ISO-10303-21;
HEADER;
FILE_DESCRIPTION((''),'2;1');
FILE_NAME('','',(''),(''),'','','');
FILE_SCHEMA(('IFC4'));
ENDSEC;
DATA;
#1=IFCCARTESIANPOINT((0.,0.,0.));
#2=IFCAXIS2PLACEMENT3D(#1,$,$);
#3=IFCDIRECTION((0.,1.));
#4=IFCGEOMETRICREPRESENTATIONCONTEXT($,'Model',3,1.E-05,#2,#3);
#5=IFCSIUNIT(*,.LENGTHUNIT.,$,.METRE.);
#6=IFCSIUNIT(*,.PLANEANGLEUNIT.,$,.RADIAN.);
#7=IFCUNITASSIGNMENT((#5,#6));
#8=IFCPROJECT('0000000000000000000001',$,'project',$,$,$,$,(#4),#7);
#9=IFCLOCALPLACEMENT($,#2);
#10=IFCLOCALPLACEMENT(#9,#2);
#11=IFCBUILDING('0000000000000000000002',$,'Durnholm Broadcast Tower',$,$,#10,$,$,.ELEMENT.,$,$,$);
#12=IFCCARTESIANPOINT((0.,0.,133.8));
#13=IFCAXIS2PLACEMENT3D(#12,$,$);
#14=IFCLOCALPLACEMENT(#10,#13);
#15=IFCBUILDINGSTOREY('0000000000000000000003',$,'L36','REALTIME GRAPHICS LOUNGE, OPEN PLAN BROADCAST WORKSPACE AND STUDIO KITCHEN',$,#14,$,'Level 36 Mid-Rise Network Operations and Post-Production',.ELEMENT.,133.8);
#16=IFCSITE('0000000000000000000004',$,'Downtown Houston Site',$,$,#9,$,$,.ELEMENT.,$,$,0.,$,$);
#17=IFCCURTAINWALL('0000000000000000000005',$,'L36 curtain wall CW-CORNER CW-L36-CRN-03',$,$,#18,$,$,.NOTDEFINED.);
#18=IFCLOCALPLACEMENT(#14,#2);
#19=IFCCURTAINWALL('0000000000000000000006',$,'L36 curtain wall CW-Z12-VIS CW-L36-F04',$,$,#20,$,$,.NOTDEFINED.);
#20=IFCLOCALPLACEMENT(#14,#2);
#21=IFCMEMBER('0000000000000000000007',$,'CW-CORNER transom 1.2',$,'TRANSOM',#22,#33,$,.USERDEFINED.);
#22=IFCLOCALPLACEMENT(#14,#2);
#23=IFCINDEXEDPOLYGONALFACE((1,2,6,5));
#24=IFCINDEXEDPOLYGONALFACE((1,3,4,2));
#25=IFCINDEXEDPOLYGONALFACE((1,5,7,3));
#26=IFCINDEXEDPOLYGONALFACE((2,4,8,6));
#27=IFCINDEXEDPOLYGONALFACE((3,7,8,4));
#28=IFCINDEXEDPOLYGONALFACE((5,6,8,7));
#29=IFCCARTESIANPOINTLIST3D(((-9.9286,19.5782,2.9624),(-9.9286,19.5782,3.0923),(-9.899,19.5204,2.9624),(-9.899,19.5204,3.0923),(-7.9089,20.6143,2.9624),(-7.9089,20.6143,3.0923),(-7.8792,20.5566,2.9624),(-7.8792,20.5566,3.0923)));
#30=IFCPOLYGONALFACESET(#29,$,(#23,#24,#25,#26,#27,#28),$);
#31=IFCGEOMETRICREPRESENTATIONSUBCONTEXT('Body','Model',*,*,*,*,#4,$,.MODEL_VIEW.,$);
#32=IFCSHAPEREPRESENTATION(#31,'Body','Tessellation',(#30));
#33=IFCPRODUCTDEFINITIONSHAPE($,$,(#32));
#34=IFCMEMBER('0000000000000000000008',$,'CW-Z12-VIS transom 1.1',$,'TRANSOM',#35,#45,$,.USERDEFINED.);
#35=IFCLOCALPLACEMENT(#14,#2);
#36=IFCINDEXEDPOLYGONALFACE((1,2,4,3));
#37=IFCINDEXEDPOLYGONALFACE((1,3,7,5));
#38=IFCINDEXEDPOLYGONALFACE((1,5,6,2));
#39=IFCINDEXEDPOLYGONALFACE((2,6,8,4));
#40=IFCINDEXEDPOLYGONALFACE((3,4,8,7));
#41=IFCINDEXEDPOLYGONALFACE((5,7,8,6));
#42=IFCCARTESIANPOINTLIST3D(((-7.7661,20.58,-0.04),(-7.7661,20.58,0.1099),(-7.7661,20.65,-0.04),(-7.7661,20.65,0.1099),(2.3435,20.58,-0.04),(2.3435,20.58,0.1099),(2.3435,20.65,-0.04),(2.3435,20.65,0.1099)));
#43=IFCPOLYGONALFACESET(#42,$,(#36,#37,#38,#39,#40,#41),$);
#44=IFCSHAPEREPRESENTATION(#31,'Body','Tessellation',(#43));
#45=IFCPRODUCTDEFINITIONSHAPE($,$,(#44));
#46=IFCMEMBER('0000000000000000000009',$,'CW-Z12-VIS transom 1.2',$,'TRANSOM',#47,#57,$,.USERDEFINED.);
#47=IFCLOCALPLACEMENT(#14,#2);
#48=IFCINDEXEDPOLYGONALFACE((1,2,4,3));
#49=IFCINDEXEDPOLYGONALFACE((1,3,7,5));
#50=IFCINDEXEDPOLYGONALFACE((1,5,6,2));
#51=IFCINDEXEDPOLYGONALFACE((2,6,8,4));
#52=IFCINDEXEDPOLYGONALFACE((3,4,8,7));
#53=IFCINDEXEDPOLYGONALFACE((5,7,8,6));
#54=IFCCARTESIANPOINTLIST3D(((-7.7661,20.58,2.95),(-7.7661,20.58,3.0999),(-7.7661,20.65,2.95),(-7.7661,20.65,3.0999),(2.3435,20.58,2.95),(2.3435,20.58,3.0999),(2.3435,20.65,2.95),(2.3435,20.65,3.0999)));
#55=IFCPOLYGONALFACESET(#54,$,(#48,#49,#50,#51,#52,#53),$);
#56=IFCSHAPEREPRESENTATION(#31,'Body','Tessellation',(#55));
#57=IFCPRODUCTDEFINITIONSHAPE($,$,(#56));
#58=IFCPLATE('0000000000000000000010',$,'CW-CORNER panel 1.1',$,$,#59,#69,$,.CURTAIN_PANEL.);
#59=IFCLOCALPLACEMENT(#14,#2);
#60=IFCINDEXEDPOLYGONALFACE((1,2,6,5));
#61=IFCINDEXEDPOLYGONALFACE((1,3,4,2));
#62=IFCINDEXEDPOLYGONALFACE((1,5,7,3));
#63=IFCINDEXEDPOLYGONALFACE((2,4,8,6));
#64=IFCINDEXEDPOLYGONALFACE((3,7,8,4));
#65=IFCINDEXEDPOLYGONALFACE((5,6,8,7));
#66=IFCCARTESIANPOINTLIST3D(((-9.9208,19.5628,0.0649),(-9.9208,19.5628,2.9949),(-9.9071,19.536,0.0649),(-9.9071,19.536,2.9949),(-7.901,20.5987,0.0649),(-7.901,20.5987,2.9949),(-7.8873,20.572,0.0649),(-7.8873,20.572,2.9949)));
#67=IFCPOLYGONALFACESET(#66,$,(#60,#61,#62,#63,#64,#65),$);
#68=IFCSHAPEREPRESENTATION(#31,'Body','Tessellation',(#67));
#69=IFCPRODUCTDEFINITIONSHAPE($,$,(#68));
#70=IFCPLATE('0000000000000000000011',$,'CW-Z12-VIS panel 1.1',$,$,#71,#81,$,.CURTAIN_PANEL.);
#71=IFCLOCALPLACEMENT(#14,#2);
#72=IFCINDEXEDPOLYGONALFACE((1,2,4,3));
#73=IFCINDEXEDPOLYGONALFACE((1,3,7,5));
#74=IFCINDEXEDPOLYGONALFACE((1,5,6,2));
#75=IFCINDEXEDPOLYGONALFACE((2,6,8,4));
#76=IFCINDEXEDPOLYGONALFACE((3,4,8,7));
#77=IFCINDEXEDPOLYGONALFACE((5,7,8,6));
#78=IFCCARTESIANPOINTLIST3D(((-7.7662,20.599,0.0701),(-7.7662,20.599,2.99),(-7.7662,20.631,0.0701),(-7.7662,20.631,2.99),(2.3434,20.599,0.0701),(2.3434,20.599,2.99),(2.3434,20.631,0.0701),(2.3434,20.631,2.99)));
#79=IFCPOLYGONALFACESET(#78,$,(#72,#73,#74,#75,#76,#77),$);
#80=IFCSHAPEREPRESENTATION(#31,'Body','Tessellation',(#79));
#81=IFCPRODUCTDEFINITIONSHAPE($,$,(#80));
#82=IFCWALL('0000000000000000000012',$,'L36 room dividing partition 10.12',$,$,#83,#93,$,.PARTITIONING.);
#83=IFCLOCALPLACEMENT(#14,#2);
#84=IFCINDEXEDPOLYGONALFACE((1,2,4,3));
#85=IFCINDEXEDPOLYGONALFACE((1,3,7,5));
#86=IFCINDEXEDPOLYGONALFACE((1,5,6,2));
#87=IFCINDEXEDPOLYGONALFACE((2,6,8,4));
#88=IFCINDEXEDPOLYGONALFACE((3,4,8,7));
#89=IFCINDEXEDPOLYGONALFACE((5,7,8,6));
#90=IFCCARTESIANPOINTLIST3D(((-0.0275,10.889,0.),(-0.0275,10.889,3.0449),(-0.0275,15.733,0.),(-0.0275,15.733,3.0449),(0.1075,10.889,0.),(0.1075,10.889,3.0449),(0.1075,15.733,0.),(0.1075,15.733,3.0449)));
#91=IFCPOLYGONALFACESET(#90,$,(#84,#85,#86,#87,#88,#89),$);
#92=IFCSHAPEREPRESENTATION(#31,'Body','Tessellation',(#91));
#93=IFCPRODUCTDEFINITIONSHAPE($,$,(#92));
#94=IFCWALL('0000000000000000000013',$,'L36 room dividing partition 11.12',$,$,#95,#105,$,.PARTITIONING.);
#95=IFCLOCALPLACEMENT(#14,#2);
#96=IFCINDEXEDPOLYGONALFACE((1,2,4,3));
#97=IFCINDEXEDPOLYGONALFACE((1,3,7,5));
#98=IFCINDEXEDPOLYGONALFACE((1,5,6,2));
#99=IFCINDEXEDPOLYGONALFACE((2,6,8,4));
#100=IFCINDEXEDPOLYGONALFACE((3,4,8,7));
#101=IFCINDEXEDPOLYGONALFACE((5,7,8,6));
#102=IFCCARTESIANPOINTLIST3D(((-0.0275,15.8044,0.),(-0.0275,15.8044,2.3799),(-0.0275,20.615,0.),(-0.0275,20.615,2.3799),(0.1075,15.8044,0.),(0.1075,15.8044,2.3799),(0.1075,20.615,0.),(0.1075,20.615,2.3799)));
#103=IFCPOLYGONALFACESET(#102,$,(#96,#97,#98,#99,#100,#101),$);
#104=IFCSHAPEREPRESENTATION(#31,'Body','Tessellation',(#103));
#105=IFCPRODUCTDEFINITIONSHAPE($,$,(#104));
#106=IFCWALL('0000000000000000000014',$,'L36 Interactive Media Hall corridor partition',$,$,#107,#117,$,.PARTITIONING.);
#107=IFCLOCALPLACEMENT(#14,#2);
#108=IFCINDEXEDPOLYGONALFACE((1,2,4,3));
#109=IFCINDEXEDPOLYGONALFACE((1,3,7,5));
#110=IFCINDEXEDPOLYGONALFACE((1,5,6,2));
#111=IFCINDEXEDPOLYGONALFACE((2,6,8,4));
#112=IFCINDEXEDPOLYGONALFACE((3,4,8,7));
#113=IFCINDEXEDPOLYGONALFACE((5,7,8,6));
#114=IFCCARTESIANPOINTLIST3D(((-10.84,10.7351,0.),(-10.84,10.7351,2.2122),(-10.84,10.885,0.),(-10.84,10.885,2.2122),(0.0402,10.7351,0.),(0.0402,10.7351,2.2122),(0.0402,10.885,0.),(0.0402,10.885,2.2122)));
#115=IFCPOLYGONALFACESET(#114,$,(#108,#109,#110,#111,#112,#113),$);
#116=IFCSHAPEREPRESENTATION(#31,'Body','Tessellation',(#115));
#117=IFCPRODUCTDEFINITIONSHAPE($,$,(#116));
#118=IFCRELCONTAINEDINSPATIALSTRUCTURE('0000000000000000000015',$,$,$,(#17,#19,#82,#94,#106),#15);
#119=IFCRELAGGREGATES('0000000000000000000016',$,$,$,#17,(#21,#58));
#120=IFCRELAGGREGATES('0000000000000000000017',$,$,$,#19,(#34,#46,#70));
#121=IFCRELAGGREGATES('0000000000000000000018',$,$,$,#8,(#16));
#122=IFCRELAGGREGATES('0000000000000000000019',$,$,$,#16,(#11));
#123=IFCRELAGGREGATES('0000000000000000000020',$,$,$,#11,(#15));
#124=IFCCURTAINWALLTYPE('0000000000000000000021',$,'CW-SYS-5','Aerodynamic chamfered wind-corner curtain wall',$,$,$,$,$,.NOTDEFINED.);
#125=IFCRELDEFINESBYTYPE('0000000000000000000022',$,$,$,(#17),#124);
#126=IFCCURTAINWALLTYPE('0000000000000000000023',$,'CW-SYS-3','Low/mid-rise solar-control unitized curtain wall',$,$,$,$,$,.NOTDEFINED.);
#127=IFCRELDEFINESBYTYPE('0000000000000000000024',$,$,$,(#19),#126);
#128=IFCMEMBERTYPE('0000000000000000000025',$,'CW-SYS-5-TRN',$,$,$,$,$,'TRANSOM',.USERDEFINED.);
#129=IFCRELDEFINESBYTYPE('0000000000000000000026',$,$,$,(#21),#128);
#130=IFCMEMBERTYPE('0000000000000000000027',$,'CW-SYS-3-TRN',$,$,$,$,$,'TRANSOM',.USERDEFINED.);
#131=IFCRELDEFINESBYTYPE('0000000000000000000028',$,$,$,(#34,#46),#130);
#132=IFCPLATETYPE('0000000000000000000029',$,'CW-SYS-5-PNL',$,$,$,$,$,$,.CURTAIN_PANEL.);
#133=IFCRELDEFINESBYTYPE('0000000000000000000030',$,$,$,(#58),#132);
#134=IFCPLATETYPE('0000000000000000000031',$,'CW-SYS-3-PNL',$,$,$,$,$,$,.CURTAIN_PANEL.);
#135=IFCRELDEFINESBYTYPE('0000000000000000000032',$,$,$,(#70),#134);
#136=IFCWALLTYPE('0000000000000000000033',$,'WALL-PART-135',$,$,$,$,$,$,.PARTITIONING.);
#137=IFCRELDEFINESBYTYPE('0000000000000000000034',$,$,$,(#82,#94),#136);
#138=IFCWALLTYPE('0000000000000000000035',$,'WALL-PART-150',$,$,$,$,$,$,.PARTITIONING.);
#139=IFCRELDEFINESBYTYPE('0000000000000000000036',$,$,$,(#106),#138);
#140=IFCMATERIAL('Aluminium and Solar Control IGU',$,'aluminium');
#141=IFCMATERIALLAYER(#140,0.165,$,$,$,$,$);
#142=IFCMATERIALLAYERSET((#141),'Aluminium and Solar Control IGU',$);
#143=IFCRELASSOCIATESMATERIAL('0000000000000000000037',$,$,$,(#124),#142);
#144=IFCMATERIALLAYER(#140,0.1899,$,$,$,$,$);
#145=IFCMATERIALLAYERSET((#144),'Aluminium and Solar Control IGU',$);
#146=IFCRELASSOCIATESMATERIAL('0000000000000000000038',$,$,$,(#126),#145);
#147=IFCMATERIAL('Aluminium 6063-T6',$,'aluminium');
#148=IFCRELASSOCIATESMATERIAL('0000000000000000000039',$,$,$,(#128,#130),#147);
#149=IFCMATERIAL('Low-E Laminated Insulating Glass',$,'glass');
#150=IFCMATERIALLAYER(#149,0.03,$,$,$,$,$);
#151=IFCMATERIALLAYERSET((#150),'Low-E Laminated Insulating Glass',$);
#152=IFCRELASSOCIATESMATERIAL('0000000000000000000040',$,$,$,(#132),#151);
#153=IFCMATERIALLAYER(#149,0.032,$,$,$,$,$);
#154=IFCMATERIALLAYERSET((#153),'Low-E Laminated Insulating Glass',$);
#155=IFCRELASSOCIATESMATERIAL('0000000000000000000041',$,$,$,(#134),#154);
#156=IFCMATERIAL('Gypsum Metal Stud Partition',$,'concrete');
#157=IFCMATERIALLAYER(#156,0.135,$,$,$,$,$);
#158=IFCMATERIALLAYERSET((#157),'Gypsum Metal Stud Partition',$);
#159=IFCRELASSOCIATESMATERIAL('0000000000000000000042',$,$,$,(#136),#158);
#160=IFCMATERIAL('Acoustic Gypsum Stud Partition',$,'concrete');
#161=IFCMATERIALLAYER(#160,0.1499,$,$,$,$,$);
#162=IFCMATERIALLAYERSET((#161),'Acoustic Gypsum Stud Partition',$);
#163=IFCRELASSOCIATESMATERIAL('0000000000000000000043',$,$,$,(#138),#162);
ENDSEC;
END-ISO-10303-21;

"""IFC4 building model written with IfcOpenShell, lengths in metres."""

from ifc_helpers import new_model, si_unit, direction, frame, frame_2d, origin, origin_2d, place, context, subcontext, project, spatial, rectangle, extrude, source, transform, mapped, material, layer, layer_set, material_profile, profile_set, type_object, type_shapes, element, aggregate, save


model = new_model("IFC4")

# Units and contexts
model_context = context("Model", 3, precision=1e-05, world=origin(), true_north=direction((0.0, 1.0)))
body_context = subcontext(model_context, "Body", "Model", "MODEL_VIEW")
ifc_project = project(units=[si_unit("LENGTHUNIT", "METRE"), si_unit("PLANEANGLEUNIT", "RADIAN")], contexts=[model_context])

# Site, building, storey
site_placement = place(None, origin())
site = spatial("IfcSite", under=ifc_project, at=site_placement, Name="Downtown Houston Site", CompositionType="ELEMENT", RefElevation=0.0)
building_placement = place(site_placement, origin())
building = spatial("IfcBuilding", under=site, at=building_placement, Name="Durnholm Broadcast Tower", CompositionType="ELEMENT")
storey_placement = place(building_placement, frame((0.0, 0.0, 133.8)))
storey = spatial("IfcBuildingStorey", under=building, at=storey_placement, Name="L36", Description="REALTIME GRAPHICS LOUNGE, OPEN PLAN BROADCAST WORKSPACE AND STUDIO KITCHEN", LongName="Level 36 Mid-Rise Network Operations and Post-Production", CompositionType="ELEMENT", Elevation=133.8)

# Curtain walls
ifc_material_1 = material(Name="Aluminium and Solar Control IGU", Category="aluminium")
ifc_layer_1 = layer(ifc_material_1, 0.165)
ifc_layer_set_1 = layer_set([ifc_layer_1], Name="Aluminium and Solar Control IGU")
curtain_wall_type_1 = type_object("IfcCurtainWallType", Name="CW-SYS-5", Description="Aerodynamic chamfered wind-corner curtain wall", PredefinedType="NOTDEFINED", material=ifc_layer_set_1)
curtain_wall_1_placement = place(storey_placement, origin())
curtain_wall_1 = element("IfcCurtainWall", 1, at=curtain_wall_1_placement, inside=storey, type_object=curtain_wall_type_1, Name="L36 curtain wall CW-CORNER CW-L36-CRN-03", PredefinedType="NOTDEFINED")
ifc_material_2 = material(Name="Aluminium 6063-T6", Category="aluminium")
ifc_layer_2 = layer(ifc_material_1, 0.1899)
ifc_layer_set_2 = layer_set([ifc_layer_2], Name="Aluminium and Solar Control IGU")
curtain_wall_type_2 = type_object("IfcCurtainWallType", Name="CW-SYS-3", Description="Low/mid-rise solar-control unitized curtain wall", PredefinedType="NOTDEFINED", material=ifc_layer_set_2)
curtain_wall_2_placement = place(storey_placement, origin())
curtain_wall_2 = element("IfcCurtainWall", 2, at=curtain_wall_2_placement, inside=storey, type_object=curtain_wall_type_2, Name="L36 curtain wall CW-Z12-VIS CW-L36-F04", PredefinedType="NOTDEFINED")

# Members
ifc_material_profile_1 = material_profile(ifc_material_2, rectangle(XDim=0.0649, YDim=0.1299, at=origin_2d()), Name="CWT65X130")
ifc_profile_set_1 = profile_set([ifc_material_profile_1], Name="Aluminium 6063-T6")
member_type_1 = type_object("IfcMemberType", Name="CW-SYS-5-TRN", ElementType="TRANSOM", PredefinedType="USERDEFINED", material=ifc_profile_set_1)
shared_shape_1 = source(origin(), body_context, "Body", "SweptSolid", [
    extrude(rectangle(XDim=0.0649, YDim=0.1299, at=origin_2d()), origin(), (0.0, 0.0, 1.0), 2.27),
])
type_shapes(member_type_1, [shared_shape_1])
member_1_placement = place(storey_placement, frame((-9.9138, 19.5493, 3.0273), z_axis=(0.889755, 0.456439, 0.0), x_axis=(-0.456439, 0.889755, 0.0)))
member_1 = element("IfcMember", 3, at=member_1_placement, type_object=member_type_1, Name="CW-CORNER transom 1.2", ObjectType="TRANSOM", PredefinedType="USERDEFINED", context=body_context, shape_type="MappedRepresentation", body=[
    mapped(shared_shape_1, transform((0.0, 0.0, 0.0), x_axis=(1.0, 0.0, 0.0), y_axis=(0.0, 1.0, 0.0), z_axis=(0.0, 0.0, 1.0), scale=1.0)),
])
ifc_material_profile_2 = material_profile(ifc_material_2, rectangle(XDim=0.0701, YDim=0.1499, at=origin_2d()), Name="CWT70X150")
ifc_profile_set_2 = profile_set([ifc_material_profile_2], Name="Aluminium 6063-T6")
member_type_2 = type_object("IfcMemberType", Name="CW-SYS-3-TRN", ElementType="TRANSOM", PredefinedType="USERDEFINED", material=ifc_profile_set_2)
shared_shape_2 = source(origin(), body_context, "Body", "SweptSolid", [
    extrude(rectangle(XDim=0.0701, YDim=0.1499, at=origin_2d()), origin(), (0.0, 0.0, 1.0), 10.1096),
])
type_shapes(member_type_2, [shared_shape_2])
member_2_placement = place(storey_placement, frame((-7.7661, 20.615, 0.0349), z_axis=(1.0, 0.0, 0.0), x_axis=(0.0, 1.0, 0.0)))
member_2 = element("IfcMember", 4, at=member_2_placement, type_object=member_type_2, Name="CW-Z12-VIS transom 1.1", ObjectType="TRANSOM", PredefinedType="USERDEFINED", context=body_context, shape_type="MappedRepresentation", body=[
    mapped(shared_shape_2, transform((0.0, 0.0, 0.0), x_axis=(1.0, 0.0, 0.0), y_axis=(0.0, 1.0, 0.0), z_axis=(0.0, 0.0, 1.0), scale=1.0)),
])
member_3_placement = place(storey_placement, frame((-7.7661, 20.615, 3.0249), z_axis=(1.0, 0.0, 0.0), x_axis=(0.0, 1.0, 0.0)))
member_3 = element("IfcMember", 5, at=member_3_placement, type_object=member_type_2, Name="CW-Z12-VIS transom 1.2", ObjectType="TRANSOM", PredefinedType="USERDEFINED", context=body_context, shape_type="MappedRepresentation", body=[
    mapped(shared_shape_2, transform((0.0, 0.0, 0.0), x_axis=(1.0, 0.0, 0.0), y_axis=(0.0, 1.0, 0.0), z_axis=(0.0, 0.0, 1.0), scale=1.0)),
])

# Plates
ifc_material_3 = material(Name="Low-E Laminated Insulating Glass", Category="glass")
ifc_layer_3 = layer(ifc_material_3, 0.03)
ifc_layer_set_3 = layer_set([ifc_layer_3], Name="Low-E Laminated Insulating Glass")
plate_type_1 = type_object("IfcPlateType", Name="CW-SYS-5-PNL", PredefinedType="CURTAIN_PANEL", material=ifc_layer_set_3)
shared_shape_3 = source(origin(), body_context, "Body", "SweptSolid", [
    extrude(rectangle(XDim=2.27, YDim=0.03, at=origin_2d()), origin(), (0.0, 0.0, 1.0), 2.9299),
])
type_shapes(plate_type_1, [shared_shape_3])
plate_1_placement = place(storey_placement, frame((-8.9041, 20.0674, 0.0649), z_axis=(0.0, 0.0, 1.0), x_axis=(0.889788, 0.456373, 0.0)))
plate_1 = element("IfcPlate", 6, at=plate_1_placement, type_object=plate_type_1, Name="CW-CORNER panel 1.1", PredefinedType="CURTAIN_PANEL", context=body_context, shape_type="MappedRepresentation", body=[
    mapped(shared_shape_3, transform((0.0, 0.0, 0.0), x_axis=(1.0, 0.0, 0.0), y_axis=(0.0, 1.0, 0.0), z_axis=(0.0, 0.0, 1.0), scale=1.0)),
])
aggregate(curtain_wall_1, [member_1, plate_1])
ifc_layer_4 = layer(ifc_material_3, 0.032)
ifc_layer_set_4 = layer_set([ifc_layer_4], Name="Low-E Laminated Insulating Glass")
plate_type_2 = type_object("IfcPlateType", Name="CW-SYS-3-PNL", PredefinedType="CURTAIN_PANEL", material=ifc_layer_set_4)
shared_shape_4 = source(origin(), body_context, "Body", "SweptSolid", [
    extrude(rectangle(XDim=10.1096, YDim=0.032, at=origin_2d()), origin(), (0.0, 0.0, 1.0), 2.9199),
])
type_shapes(plate_type_2, [shared_shape_4])
plate_2_placement = place(storey_placement, frame((-2.7114, 20.615, 0.0701), z_axis=(0.0, 0.0, 1.0), x_axis=(1.0, 0.0, 0.0)))
plate_2 = element("IfcPlate", 7, at=plate_2_placement, type_object=plate_type_2, Name="CW-Z12-VIS panel 1.1", PredefinedType="CURTAIN_PANEL", context=body_context, shape_type="MappedRepresentation", body=[
    mapped(shared_shape_4, transform((0.0, 0.0, 0.0), x_axis=(1.0, 0.0, 0.0), y_axis=(0.0, 1.0, 0.0), z_axis=(0.0, 0.0, 1.0), scale=1.0)),
])
aggregate(curtain_wall_2, [member_2, member_3, plate_2])

# Walls
ifc_material_4 = material(Name="Gypsum Metal Stud Partition", Category="concrete")
ifc_layer_5 = layer(ifc_material_4, 0.135)
ifc_layer_set_5 = layer_set([ifc_layer_5], Name="Gypsum Metal Stud Partition")
wall_type_1 = type_object("IfcWallType", Name="WALL-PART-135", PredefinedType="PARTITIONING", material=ifc_layer_set_5)
wall_1_placement = place(storey_placement, frame((0.04, 15.7329, 0.0), z_axis=(0.0, 0.0, 1.0), x_axis=(0.0, -1.0, 0.0)))
element("IfcWall", 8, at=wall_1_placement, inside=storey, type_object=wall_type_1, Name="L36 room dividing partition 10.12", PredefinedType="PARTITIONING", context=body_context, shape_type="SweptSolid", body=[
    extrude(rectangle(XDim=4.844, YDim=0.135, at=frame_2d((2.4219, 0.0))), origin(), (0.0, 0.0, 1.0), 3.0449),
])
wall_2_placement = place(storey_placement, frame((0.04, 20.615, 0.0), z_axis=(0.0, 0.0, 1.0), x_axis=(0.0, -1.0, 0.0)))
element("IfcWall", 9, at=wall_2_placement, inside=storey, type_object=wall_type_1, Name="L36 room dividing partition 11.12", PredefinedType="PARTITIONING", context=body_context, shape_type="SweptSolid", body=[
    extrude(rectangle(XDim=4.8105, YDim=0.135, at=frame_2d((2.4053, 0.0))), origin(), (0.0, 0.0, 1.0), 2.3799),
])
ifc_material_5 = material(Name="Acoustic Gypsum Stud Partition", Category="concrete")
ifc_layer_6 = layer(ifc_material_5, 0.1499)
ifc_layer_set_6 = layer_set([ifc_layer_6], Name="Acoustic Gypsum Stud Partition")
wall_type_2 = type_object("IfcWallType", Name="WALL-PART-150", PredefinedType="PARTITIONING", material=ifc_layer_set_6)
wall_3_placement = place(storey_placement, frame((0.04, 10.8101, 0.0), z_axis=(0.0, 0.0, 1.0), x_axis=(-1.0, 0.0, 0.0)))
element("IfcWall", 10, at=wall_3_placement, inside=storey, type_object=wall_type_2, Name="L36 Interactive Media Hall corridor partition", PredefinedType="PARTITIONING", context=body_context, shape_type="SweptSolid", body=[
    extrude(rectangle(XDim=10.8801, YDim=0.1499, at=frame_2d((5.4399, 0.0))), origin(), (0.0, 0.0, 1.0), 2.2122),
])

save(model, "model.ifc")
